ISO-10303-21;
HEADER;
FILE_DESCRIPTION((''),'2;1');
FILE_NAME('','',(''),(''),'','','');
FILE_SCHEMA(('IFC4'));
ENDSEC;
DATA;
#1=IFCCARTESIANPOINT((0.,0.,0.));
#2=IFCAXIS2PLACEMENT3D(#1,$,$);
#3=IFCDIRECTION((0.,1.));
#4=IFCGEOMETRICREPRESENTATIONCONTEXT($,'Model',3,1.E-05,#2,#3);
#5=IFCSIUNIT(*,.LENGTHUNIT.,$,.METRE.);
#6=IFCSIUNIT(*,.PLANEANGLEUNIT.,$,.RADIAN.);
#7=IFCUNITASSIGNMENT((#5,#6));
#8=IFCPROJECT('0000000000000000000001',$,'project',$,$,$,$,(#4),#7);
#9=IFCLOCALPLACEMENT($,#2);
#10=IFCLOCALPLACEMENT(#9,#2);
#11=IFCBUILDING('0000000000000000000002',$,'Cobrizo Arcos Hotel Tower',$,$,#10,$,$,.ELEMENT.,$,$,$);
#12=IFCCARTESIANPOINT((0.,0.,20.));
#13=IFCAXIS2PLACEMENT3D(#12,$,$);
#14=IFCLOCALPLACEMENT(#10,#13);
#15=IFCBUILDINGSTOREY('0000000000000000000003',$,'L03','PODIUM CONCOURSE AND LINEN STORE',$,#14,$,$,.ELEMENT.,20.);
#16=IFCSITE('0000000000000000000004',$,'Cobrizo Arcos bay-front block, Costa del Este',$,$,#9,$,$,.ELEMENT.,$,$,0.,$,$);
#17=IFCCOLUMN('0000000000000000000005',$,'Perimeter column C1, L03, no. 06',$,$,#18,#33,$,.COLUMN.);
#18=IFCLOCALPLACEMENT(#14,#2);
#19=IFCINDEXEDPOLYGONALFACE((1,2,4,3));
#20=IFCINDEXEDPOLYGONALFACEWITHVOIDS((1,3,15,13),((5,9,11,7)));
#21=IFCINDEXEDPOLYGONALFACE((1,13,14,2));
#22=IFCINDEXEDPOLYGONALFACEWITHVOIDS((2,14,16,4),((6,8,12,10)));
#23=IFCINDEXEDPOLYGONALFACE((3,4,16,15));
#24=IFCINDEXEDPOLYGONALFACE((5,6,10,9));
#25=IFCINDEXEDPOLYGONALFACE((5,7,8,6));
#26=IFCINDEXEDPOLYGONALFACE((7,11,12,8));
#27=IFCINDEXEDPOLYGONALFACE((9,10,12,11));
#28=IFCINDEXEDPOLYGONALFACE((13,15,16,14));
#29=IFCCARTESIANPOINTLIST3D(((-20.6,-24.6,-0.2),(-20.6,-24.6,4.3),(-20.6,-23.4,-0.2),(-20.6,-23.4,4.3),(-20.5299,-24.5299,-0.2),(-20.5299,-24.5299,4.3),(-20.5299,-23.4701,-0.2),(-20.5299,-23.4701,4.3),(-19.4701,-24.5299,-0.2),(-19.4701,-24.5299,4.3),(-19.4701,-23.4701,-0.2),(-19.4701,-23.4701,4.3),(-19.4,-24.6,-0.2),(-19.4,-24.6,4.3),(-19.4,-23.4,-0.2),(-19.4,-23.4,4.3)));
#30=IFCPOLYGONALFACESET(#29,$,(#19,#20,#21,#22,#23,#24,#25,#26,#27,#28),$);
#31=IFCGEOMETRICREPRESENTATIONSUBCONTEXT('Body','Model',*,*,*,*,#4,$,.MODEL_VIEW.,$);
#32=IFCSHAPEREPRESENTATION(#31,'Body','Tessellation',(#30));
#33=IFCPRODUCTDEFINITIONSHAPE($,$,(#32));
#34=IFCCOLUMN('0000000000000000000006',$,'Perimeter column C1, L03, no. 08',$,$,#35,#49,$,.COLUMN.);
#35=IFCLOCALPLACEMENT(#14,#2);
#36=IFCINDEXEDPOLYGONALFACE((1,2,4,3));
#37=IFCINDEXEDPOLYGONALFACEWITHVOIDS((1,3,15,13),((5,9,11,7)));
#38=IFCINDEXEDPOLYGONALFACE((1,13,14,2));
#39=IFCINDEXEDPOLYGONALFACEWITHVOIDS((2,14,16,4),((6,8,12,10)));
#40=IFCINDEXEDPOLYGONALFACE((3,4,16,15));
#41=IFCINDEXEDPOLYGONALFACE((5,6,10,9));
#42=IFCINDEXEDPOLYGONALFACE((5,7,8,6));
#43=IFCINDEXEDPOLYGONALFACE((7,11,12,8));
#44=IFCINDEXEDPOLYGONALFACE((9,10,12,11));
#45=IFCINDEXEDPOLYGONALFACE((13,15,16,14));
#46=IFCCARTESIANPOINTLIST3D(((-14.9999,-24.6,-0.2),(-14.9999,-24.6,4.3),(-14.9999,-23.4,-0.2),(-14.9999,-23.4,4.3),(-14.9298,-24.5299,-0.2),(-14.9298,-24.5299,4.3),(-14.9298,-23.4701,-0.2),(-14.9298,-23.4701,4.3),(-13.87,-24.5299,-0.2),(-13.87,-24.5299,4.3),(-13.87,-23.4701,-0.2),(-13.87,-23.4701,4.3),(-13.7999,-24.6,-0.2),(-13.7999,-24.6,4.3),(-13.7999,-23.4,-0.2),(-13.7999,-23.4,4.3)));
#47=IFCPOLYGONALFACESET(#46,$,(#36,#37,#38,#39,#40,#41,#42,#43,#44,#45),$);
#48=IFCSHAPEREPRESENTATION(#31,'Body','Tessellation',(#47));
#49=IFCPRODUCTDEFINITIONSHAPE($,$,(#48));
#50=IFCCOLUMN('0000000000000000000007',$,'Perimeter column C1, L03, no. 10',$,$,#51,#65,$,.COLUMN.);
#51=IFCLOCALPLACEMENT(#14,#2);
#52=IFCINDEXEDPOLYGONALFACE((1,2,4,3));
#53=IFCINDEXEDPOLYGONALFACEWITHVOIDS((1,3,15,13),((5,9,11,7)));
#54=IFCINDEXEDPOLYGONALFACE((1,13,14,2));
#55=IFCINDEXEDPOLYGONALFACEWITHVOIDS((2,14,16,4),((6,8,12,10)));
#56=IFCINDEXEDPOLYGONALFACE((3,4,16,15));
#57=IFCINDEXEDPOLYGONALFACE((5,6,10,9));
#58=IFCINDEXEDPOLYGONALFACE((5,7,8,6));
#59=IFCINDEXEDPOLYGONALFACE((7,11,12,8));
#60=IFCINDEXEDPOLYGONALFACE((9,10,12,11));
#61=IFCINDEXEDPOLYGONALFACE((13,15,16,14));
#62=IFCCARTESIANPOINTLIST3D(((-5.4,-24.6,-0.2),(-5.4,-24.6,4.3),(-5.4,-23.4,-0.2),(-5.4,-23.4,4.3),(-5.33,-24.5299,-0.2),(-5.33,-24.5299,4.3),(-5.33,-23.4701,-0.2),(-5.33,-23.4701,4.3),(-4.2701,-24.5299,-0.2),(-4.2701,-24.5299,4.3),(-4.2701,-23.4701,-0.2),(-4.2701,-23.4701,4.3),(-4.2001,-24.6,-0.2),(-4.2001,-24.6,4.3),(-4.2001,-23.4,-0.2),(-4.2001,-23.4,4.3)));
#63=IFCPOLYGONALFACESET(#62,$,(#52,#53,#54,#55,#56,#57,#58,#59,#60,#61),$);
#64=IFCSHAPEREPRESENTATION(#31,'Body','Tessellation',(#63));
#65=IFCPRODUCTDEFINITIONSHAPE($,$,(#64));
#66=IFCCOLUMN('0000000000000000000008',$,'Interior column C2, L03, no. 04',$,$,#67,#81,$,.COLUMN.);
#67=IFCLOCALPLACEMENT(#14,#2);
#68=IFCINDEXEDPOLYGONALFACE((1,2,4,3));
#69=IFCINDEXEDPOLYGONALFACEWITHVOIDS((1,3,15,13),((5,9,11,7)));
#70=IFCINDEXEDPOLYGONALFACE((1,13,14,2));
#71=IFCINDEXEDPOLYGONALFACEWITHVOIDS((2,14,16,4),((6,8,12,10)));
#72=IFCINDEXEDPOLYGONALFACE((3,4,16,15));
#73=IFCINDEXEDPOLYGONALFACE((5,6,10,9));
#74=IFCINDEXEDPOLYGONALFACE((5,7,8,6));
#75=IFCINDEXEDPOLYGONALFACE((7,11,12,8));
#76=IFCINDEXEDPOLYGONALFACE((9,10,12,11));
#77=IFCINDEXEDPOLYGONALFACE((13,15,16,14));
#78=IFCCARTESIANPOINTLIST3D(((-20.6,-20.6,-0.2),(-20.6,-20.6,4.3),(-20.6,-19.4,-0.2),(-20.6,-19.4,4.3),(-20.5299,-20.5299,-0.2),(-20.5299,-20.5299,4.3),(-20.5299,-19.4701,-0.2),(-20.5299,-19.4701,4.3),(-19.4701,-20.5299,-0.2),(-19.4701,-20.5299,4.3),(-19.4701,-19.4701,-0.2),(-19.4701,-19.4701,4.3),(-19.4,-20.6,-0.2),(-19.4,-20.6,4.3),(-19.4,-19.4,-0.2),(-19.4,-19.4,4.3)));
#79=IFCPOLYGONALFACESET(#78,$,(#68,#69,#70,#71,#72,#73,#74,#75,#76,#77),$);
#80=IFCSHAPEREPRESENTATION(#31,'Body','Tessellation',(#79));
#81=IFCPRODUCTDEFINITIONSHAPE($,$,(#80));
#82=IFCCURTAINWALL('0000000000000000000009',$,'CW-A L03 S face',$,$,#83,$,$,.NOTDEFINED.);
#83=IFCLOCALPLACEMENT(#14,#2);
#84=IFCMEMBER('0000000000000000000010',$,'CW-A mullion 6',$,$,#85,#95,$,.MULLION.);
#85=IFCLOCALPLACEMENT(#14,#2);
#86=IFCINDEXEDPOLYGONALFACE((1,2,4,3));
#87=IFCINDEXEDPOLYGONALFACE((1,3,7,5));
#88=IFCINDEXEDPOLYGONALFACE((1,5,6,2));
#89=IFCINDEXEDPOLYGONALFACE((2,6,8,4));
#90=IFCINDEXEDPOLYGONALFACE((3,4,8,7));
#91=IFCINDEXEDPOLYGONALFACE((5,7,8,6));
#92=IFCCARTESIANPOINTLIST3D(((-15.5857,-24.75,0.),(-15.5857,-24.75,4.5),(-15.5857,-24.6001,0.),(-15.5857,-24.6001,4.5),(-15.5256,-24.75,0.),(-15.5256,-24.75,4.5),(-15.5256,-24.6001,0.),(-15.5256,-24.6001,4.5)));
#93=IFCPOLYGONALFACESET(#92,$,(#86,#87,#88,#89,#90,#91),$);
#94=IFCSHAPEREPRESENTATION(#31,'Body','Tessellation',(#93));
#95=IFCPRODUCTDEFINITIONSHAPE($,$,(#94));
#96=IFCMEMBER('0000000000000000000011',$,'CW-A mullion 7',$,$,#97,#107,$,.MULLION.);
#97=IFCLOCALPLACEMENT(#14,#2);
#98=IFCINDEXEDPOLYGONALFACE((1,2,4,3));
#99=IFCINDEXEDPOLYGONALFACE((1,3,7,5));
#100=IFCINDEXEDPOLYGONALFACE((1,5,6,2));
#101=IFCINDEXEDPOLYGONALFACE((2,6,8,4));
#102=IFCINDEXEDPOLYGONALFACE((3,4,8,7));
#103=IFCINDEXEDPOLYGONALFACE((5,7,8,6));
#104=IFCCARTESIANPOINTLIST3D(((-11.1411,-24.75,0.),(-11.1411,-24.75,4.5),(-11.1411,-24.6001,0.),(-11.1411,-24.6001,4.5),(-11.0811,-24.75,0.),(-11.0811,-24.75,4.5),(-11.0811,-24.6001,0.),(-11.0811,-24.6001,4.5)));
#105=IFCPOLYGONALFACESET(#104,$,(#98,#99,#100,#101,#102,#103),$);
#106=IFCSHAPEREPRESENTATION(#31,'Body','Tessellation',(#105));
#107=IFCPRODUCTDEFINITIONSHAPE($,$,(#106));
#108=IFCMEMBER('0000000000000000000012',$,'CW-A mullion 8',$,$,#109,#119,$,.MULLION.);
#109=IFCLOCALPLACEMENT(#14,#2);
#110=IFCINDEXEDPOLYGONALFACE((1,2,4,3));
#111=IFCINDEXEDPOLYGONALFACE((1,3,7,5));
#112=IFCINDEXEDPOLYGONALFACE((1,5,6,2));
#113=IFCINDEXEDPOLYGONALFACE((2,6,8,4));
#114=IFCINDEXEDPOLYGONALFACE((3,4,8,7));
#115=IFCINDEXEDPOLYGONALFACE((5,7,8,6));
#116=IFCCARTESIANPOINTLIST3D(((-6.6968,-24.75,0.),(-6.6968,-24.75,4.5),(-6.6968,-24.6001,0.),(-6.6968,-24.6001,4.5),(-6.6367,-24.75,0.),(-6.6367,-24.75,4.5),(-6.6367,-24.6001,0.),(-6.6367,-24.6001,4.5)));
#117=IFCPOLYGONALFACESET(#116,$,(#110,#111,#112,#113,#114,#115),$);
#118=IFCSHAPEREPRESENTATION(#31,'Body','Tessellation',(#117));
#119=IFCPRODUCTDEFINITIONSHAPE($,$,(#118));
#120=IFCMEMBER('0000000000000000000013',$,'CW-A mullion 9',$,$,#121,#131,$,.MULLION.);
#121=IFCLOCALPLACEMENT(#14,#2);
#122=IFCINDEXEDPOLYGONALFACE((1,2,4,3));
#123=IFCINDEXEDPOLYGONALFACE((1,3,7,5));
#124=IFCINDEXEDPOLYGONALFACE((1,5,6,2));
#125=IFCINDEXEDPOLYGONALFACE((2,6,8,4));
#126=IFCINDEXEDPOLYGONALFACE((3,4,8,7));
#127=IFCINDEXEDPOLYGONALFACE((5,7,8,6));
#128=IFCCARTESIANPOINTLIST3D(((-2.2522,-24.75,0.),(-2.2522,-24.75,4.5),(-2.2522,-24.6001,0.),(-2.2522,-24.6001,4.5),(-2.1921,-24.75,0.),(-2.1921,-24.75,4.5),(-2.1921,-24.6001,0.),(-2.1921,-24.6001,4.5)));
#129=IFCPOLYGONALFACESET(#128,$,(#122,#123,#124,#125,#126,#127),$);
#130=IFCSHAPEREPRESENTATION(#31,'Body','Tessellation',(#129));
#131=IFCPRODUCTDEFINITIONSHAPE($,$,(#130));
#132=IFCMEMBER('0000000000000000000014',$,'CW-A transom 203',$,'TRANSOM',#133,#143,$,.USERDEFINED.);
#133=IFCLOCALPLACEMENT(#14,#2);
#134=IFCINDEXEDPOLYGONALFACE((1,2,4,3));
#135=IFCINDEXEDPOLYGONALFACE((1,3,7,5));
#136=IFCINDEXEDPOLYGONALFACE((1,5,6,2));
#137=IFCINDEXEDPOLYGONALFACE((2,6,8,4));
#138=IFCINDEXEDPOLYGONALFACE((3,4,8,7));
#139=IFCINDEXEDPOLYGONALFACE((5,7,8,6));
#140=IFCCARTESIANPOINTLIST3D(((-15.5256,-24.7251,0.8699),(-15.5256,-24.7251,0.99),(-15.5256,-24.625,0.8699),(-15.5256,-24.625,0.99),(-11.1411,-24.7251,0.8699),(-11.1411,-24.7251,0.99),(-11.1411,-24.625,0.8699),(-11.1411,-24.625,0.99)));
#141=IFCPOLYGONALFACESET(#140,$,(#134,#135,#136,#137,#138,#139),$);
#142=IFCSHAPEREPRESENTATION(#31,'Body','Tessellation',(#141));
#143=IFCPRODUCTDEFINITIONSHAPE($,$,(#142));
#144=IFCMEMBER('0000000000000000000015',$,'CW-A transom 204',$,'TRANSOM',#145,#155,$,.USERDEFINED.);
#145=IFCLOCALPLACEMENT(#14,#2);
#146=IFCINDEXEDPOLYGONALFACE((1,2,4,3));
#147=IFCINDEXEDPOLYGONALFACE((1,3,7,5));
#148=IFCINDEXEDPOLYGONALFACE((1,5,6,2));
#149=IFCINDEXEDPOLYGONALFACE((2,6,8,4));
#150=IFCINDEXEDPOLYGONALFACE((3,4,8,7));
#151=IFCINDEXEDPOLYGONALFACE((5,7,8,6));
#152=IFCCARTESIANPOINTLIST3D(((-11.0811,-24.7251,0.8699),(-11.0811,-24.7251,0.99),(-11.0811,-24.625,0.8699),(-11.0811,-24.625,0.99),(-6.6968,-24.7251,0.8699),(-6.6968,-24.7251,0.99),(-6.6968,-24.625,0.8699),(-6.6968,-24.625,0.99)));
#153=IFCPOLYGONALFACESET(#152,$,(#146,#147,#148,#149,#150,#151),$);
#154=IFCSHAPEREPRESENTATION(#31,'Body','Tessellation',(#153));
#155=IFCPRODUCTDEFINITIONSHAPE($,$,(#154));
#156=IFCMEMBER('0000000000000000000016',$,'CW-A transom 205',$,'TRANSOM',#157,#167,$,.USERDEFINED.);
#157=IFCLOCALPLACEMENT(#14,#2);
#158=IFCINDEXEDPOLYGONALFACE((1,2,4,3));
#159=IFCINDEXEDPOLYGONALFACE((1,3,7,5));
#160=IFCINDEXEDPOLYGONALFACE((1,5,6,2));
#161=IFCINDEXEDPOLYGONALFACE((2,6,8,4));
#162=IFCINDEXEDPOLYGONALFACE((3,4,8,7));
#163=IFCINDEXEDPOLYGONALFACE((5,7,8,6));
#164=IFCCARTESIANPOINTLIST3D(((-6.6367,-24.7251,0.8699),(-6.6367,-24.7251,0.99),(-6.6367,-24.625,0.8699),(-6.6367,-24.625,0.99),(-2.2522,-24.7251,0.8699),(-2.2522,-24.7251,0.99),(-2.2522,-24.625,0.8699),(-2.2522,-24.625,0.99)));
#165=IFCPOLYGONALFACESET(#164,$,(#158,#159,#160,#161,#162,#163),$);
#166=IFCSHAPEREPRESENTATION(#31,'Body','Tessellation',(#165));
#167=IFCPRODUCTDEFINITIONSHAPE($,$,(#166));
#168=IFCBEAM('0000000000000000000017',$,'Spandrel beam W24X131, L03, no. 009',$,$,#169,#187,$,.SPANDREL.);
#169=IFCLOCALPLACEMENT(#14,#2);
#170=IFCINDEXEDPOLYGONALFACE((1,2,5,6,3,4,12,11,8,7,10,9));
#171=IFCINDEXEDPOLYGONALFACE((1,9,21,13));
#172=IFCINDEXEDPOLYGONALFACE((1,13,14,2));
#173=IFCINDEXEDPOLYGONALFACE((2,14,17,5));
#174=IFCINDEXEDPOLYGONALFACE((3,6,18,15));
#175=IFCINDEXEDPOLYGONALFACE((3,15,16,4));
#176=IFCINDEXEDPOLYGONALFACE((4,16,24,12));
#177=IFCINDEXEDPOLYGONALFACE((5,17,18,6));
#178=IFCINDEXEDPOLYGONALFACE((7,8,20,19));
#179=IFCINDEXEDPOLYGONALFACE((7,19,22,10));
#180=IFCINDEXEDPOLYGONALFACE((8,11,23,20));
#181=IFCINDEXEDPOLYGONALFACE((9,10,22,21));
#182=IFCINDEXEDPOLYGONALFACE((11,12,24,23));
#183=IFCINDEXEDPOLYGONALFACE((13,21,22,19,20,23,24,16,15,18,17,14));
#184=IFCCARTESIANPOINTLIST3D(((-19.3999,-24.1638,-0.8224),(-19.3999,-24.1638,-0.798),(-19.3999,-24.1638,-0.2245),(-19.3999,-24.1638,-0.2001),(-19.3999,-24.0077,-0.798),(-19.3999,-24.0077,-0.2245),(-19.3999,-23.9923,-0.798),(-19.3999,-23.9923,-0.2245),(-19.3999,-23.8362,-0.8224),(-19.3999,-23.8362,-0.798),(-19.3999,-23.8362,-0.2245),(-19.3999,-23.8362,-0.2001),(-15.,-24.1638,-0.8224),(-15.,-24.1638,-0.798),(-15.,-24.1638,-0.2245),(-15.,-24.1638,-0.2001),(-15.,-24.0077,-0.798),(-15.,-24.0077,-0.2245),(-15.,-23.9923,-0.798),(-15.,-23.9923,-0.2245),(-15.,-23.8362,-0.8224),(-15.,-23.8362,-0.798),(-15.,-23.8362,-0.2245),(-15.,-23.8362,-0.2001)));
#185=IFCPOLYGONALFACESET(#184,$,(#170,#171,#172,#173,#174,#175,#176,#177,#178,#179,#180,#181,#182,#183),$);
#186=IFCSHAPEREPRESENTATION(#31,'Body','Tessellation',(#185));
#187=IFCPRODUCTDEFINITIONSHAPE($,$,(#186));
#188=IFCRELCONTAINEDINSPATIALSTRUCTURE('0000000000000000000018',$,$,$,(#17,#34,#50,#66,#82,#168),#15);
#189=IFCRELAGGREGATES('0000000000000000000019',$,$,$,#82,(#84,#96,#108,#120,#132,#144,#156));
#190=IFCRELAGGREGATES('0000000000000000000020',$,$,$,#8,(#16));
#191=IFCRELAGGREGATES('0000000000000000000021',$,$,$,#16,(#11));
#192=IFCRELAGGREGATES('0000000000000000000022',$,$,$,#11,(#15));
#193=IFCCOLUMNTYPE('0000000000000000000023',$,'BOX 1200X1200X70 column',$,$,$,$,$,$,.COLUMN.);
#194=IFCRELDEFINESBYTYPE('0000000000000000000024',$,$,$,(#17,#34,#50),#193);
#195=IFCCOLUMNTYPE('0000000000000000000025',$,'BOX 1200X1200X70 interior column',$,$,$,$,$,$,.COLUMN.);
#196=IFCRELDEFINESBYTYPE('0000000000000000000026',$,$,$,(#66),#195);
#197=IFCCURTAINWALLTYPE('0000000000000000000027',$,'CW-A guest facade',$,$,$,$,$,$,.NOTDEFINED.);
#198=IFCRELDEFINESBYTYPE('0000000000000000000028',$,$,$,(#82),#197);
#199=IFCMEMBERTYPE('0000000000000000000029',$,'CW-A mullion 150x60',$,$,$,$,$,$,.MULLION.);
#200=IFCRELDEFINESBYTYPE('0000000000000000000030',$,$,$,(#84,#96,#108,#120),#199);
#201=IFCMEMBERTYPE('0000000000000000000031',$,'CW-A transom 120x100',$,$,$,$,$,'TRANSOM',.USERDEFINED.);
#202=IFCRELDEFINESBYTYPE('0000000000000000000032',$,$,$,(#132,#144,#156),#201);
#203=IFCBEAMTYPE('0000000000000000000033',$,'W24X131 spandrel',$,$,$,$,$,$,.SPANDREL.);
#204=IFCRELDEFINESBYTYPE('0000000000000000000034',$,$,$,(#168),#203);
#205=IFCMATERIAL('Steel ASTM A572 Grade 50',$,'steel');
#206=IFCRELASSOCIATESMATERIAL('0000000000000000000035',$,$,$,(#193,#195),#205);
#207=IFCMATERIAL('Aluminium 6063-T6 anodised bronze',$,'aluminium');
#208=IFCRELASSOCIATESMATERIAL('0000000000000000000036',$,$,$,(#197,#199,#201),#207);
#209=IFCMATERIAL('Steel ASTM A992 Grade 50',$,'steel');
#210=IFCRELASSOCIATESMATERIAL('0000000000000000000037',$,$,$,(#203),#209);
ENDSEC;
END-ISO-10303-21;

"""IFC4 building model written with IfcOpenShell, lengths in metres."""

from ifc_helpers import new_model, si_unit, direction, frame, origin, origin_2d, place, context, subcontext, project, spatial, rectangle, hollow_rectangle, i_section, extrude, material, material_profile, profile_set, type_object, element, aggregate, save


model = new_model("IFC4")

# Units and contexts
model_context = context("Model", 3, precision=1e-05, world=origin(), true_north=direction((0.0, 1.0)))
body_context = subcontext(model_context, "Body", "Model", "MODEL_VIEW")
ifc_project = project(units=[si_unit("LENGTHUNIT", "METRE"), si_unit("PLANEANGLEUNIT", "RADIAN")], contexts=[model_context])

# Site, building, storey
site_placement = place(None, origin())
site = spatial("IfcSite", under=ifc_project, at=site_placement, Name="Cobrizo Arcos bay-front block, Costa del Este", CompositionType="ELEMENT", RefElevation=0.0)
building_placement = place(site_placement, origin())
building = spatial("IfcBuilding", under=site, at=building_placement, Name="Cobrizo Arcos Hotel Tower", CompositionType="ELEMENT")
storey_placement = place(building_placement, frame((0.0, 0.0, 20.0)))
storey = spatial("IfcBuildingStorey", under=building, at=storey_placement, Name="L03", Description="PODIUM CONCOURSE AND LINEN STORE", CompositionType="ELEMENT", Elevation=20.0)

# Columns
ifc_material_1 = material(Name="Steel ASTM A572 Grade 50", Category="steel")
ifc_material_profile_1 = material_profile(ifc_material_1, hollow_rectangle(XDim=1.2, YDim=1.2, WallThickness=0.0701, at=origin_2d()), Name="BOX 1200X1200X70")
ifc_profile_set_1 = profile_set([ifc_material_profile_1], Name="Steel ASTM A572 Grade 50")
column_type_1 = type_object("IfcColumnType", Name="BOX 1200X1200X70 column", PredefinedType="COLUMN", material=ifc_profile_set_1)
for number, where, z_axis, x_axis, name in (
    (1, (-20.0, -24.0, -0.2), (0.0, 0.0, 1.0), (1.0, 0.0, 0.0), "Perimeter column C1, L03, no. 06"),
    (2, (-14.3999, -24.0, -0.2), (0.0, 0.0, 1.0), (1.0, 0.0, 0.0), "Perimeter column C1, L03, no. 08"),
    (3, (-4.8, -24.0, -0.2), (0.0, 0.0, 1.0), (1.0, 0.0, 0.0), "Perimeter column C1, L03, no. 10"),
):
    element("IfcColumn", number, at=place(storey_placement, frame(where, z_axis=z_axis, x_axis=x_axis)), inside=storey, type_object=column_type_1, Name=name, PredefinedType="COLUMN", context=body_context, shape_type="SweptSolid", body=[
        extrude(hollow_rectangle(XDim=1.2, YDim=1.2, WallThickness=0.0701, at=origin_2d()), origin(), (0.0, 0.0, 1.0), 4.5),
    ])
ifc_material_profile_2 = material_profile(ifc_material_1, hollow_rectangle(XDim=1.2, YDim=1.2, WallThickness=0.0701, at=origin_2d()), Name="BOX 1200X1200X70")
ifc_profile_set_2 = profile_set([ifc_material_profile_2], Name="Steel ASTM A572 Grade 50")
column_type_2 = type_object("IfcColumnType", Name="BOX 1200X1200X70 interior column", PredefinedType="COLUMN", material=ifc_profile_set_2)
column_placement = place(storey_placement, frame((-20.0, -20.0, -0.2), z_axis=(0.0, 0.0, 1.0), x_axis=(1.0, 0.0, 0.0)))
element("IfcColumn", 4, at=column_placement, inside=storey, type_object=column_type_2, Name="Interior column C2, L03, no. 04", PredefinedType="COLUMN", context=body_context, shape_type="SweptSolid", body=[
    extrude(hollow_rectangle(XDim=1.2, YDim=1.2, WallThickness=0.0701, at=origin_2d()), origin(), (0.0, 0.0, 1.0), 4.5),
])

# Curtain wall, members
ifc_material_2 = material(Name="Aluminium 6063-T6 anodised bronze", Category="aluminium")
curtain_wall_type = type_object("IfcCurtainWallType", Name="CW-A guest facade", PredefinedType="NOTDEFINED", material=ifc_material_2)
curtain_wall_placement = place(storey_placement, origin())
curtain_wall = element("IfcCurtainWall", 5, at=curtain_wall_placement, inside=storey, type_object=curtain_wall_type, Name="CW-A L03 S face", PredefinedType="NOTDEFINED")
ifc_material_profile_3 = material_profile(ifc_material_2, rectangle(XDim=0.1499, YDim=0.0601, at=origin_2d()), Name="CW-A mullion 150x60")
ifc_profile_set_3 = profile_set([ifc_material_profile_3], Name="Aluminium 6063-T6 anodised bronze")
member_type_1 = type_object("IfcMemberType", Name="CW-A mullion 150x60", PredefinedType="MULLION", material=ifc_profile_set_3)
member_1_placement = place(storey_placement, frame((-15.5557, -24.675, 0.0), z_axis=(0.0, 0.0, 1.0), x_axis=(0.0, -1.0, 0.0)))
member_1 = element("IfcMember", 6, at=member_1_placement, type_object=member_type_1, Name="CW-A mullion 6", PredefinedType="MULLION", context=body_context, shape_type="SweptSolid", body=[
    extrude(rectangle(XDim=0.1499, YDim=0.0601, at=origin_2d()), origin(), (0.0, 0.0, 1.0), 4.5),
])
member_2_placement = place(storey_placement, frame((-11.1111, -24.675, 0.0), z_axis=(0.0, 0.0, 1.0), x_axis=(0.0, -1.0, 0.0)))
member_2 = element("IfcMember", 7, at=member_2_placement, type_object=member_type_1, Name="CW-A mullion 7", PredefinedType="MULLION", context=body_context, shape_type="SweptSolid", body=[
    extrude(rectangle(XDim=0.1499, YDim=0.0601, at=origin_2d()), origin(), (0.0, 0.0, 1.0), 4.5),
])
member_3_placement = place(storey_placement, frame((-6.6667, -24.675, 0.0), z_axis=(0.0, 0.0, 1.0), x_axis=(0.0, -1.0, 0.0)))
member_3 = element("IfcMember", 8, at=member_3_placement, type_object=member_type_1, Name="CW-A mullion 8", PredefinedType="MULLION", context=body_context, shape_type="SweptSolid", body=[
    extrude(rectangle(XDim=0.1499, YDim=0.0601, at=origin_2d()), origin(), (0.0, 0.0, 1.0), 4.5),
])
member_4_placement = place(storey_placement, frame((-2.2222, -24.675, 0.0), z_axis=(0.0, 0.0, 1.0), x_axis=(0.0, -1.0, 0.0)))
member_4 = element("IfcMember", 9, at=member_4_placement, type_object=member_type_1, Name="CW-A mullion 9", PredefinedType="MULLION", context=body_context, shape_type="SweptSolid", body=[
    extrude(rectangle(XDim=0.1499, YDim=0.0601, at=origin_2d()), origin(), (0.0, 0.0, 1.0), 4.5),
])
ifc_material_profile_4 = material_profile(ifc_material_2, rectangle(XDim=0.1001, YDim=0.1201, at=origin_2d()), Name="CW-A transom 120x100")
ifc_profile_set_4 = profile_set([ifc_material_profile_4], Name="Aluminium 6063-T6 anodised bronze")
member_type_2 = type_object("IfcMemberType", Name="CW-A transom 120x100", ElementType="TRANSOM", PredefinedType="USERDEFINED", material=ifc_profile_set_4)
member_5_placement = place(storey_placement, frame((-15.5256, -24.675, 0.9299), z_axis=(1.0, 0.0, 0.0), x_axis=(0.0, 1.0, 0.0)))
member_5 = element("IfcMember", 10, at=member_5_placement, type_object=member_type_2, Name="CW-A transom 203", ObjectType="TRANSOM", PredefinedType="USERDEFINED", context=body_context, shape_type="SweptSolid", body=[
    extrude(rectangle(XDim=0.1001, YDim=0.1201, at=origin_2d()), origin(), (0.0, 0.0, 1.0), 4.3845),
])
member_6_placement = place(storey_placement, frame((-11.0811, -24.675, 0.9299), z_axis=(1.0, 0.0, 0.0), x_axis=(0.0, 1.0, 0.0)))
member_6 = element("IfcMember", 11, at=member_6_placement, type_object=member_type_2, Name="CW-A transom 204", ObjectType="TRANSOM", PredefinedType="USERDEFINED", context=body_context, shape_type="SweptSolid", body=[
    extrude(rectangle(XDim=0.1001, YDim=0.1201, at=origin_2d()), origin(), (0.0, 0.0, 1.0), 4.3843),
])
member_7_placement = place(storey_placement, frame((-6.6367, -24.675, 0.9299), z_axis=(1.0, 0.0, 0.0), x_axis=(0.0, 1.0, 0.0)))
member_7 = element("IfcMember", 12, at=member_7_placement, type_object=member_type_2, Name="CW-A transom 205", ObjectType="TRANSOM", PredefinedType="USERDEFINED", context=body_context, shape_type="SweptSolid", body=[
    extrude(rectangle(XDim=0.1001, YDim=0.1201, at=origin_2d()), origin(), (0.0, 0.0, 1.0), 4.3845),
])

# Beam
ifc_material_3 = material(Name="Steel ASTM A992 Grade 50", Category="steel")
ifc_material_profile_5 = material_profile(ifc_material_3, i_section(OverallWidth=0.3276, OverallDepth=0.6223, WebThickness=0.0154, FlangeThickness=0.0244, at=origin_2d()), Name="W24X131")
ifc_profile_set_5 = profile_set([ifc_material_profile_5], Name="Steel ASTM A992 Grade 50")
beam_type_1 = type_object("IfcBeamType", Name="W24X131 spandrel", PredefinedType="SPANDREL", material=ifc_profile_set_5)
beam_1_placement = place(storey_placement, frame((-19.3999, -24.0, -0.5112), z_axis=(1.0, 0.0, 0.0), x_axis=(0.0, 1.0, 0.0)))
element("IfcBeam", 13, at=beam_1_placement, inside=storey, type_object=beam_type_1, Name="Spandrel beam W24X131, L03, no. 009", PredefinedType="SPANDREL", context=body_context, shape_type="SweptSolid", body=[
    extrude(i_section(OverallWidth=0.3276, OverallDepth=0.6223, WebThickness=0.0154, FlangeThickness=0.0244, at=origin_2d()), origin(), (0.0, 0.0, 1.0), 4.3999),
])

aggregate(curtain_wall, [member_1, member_2, member_3, member_4, member_5, member_6, member_7])

save(model, "model.ifc")
